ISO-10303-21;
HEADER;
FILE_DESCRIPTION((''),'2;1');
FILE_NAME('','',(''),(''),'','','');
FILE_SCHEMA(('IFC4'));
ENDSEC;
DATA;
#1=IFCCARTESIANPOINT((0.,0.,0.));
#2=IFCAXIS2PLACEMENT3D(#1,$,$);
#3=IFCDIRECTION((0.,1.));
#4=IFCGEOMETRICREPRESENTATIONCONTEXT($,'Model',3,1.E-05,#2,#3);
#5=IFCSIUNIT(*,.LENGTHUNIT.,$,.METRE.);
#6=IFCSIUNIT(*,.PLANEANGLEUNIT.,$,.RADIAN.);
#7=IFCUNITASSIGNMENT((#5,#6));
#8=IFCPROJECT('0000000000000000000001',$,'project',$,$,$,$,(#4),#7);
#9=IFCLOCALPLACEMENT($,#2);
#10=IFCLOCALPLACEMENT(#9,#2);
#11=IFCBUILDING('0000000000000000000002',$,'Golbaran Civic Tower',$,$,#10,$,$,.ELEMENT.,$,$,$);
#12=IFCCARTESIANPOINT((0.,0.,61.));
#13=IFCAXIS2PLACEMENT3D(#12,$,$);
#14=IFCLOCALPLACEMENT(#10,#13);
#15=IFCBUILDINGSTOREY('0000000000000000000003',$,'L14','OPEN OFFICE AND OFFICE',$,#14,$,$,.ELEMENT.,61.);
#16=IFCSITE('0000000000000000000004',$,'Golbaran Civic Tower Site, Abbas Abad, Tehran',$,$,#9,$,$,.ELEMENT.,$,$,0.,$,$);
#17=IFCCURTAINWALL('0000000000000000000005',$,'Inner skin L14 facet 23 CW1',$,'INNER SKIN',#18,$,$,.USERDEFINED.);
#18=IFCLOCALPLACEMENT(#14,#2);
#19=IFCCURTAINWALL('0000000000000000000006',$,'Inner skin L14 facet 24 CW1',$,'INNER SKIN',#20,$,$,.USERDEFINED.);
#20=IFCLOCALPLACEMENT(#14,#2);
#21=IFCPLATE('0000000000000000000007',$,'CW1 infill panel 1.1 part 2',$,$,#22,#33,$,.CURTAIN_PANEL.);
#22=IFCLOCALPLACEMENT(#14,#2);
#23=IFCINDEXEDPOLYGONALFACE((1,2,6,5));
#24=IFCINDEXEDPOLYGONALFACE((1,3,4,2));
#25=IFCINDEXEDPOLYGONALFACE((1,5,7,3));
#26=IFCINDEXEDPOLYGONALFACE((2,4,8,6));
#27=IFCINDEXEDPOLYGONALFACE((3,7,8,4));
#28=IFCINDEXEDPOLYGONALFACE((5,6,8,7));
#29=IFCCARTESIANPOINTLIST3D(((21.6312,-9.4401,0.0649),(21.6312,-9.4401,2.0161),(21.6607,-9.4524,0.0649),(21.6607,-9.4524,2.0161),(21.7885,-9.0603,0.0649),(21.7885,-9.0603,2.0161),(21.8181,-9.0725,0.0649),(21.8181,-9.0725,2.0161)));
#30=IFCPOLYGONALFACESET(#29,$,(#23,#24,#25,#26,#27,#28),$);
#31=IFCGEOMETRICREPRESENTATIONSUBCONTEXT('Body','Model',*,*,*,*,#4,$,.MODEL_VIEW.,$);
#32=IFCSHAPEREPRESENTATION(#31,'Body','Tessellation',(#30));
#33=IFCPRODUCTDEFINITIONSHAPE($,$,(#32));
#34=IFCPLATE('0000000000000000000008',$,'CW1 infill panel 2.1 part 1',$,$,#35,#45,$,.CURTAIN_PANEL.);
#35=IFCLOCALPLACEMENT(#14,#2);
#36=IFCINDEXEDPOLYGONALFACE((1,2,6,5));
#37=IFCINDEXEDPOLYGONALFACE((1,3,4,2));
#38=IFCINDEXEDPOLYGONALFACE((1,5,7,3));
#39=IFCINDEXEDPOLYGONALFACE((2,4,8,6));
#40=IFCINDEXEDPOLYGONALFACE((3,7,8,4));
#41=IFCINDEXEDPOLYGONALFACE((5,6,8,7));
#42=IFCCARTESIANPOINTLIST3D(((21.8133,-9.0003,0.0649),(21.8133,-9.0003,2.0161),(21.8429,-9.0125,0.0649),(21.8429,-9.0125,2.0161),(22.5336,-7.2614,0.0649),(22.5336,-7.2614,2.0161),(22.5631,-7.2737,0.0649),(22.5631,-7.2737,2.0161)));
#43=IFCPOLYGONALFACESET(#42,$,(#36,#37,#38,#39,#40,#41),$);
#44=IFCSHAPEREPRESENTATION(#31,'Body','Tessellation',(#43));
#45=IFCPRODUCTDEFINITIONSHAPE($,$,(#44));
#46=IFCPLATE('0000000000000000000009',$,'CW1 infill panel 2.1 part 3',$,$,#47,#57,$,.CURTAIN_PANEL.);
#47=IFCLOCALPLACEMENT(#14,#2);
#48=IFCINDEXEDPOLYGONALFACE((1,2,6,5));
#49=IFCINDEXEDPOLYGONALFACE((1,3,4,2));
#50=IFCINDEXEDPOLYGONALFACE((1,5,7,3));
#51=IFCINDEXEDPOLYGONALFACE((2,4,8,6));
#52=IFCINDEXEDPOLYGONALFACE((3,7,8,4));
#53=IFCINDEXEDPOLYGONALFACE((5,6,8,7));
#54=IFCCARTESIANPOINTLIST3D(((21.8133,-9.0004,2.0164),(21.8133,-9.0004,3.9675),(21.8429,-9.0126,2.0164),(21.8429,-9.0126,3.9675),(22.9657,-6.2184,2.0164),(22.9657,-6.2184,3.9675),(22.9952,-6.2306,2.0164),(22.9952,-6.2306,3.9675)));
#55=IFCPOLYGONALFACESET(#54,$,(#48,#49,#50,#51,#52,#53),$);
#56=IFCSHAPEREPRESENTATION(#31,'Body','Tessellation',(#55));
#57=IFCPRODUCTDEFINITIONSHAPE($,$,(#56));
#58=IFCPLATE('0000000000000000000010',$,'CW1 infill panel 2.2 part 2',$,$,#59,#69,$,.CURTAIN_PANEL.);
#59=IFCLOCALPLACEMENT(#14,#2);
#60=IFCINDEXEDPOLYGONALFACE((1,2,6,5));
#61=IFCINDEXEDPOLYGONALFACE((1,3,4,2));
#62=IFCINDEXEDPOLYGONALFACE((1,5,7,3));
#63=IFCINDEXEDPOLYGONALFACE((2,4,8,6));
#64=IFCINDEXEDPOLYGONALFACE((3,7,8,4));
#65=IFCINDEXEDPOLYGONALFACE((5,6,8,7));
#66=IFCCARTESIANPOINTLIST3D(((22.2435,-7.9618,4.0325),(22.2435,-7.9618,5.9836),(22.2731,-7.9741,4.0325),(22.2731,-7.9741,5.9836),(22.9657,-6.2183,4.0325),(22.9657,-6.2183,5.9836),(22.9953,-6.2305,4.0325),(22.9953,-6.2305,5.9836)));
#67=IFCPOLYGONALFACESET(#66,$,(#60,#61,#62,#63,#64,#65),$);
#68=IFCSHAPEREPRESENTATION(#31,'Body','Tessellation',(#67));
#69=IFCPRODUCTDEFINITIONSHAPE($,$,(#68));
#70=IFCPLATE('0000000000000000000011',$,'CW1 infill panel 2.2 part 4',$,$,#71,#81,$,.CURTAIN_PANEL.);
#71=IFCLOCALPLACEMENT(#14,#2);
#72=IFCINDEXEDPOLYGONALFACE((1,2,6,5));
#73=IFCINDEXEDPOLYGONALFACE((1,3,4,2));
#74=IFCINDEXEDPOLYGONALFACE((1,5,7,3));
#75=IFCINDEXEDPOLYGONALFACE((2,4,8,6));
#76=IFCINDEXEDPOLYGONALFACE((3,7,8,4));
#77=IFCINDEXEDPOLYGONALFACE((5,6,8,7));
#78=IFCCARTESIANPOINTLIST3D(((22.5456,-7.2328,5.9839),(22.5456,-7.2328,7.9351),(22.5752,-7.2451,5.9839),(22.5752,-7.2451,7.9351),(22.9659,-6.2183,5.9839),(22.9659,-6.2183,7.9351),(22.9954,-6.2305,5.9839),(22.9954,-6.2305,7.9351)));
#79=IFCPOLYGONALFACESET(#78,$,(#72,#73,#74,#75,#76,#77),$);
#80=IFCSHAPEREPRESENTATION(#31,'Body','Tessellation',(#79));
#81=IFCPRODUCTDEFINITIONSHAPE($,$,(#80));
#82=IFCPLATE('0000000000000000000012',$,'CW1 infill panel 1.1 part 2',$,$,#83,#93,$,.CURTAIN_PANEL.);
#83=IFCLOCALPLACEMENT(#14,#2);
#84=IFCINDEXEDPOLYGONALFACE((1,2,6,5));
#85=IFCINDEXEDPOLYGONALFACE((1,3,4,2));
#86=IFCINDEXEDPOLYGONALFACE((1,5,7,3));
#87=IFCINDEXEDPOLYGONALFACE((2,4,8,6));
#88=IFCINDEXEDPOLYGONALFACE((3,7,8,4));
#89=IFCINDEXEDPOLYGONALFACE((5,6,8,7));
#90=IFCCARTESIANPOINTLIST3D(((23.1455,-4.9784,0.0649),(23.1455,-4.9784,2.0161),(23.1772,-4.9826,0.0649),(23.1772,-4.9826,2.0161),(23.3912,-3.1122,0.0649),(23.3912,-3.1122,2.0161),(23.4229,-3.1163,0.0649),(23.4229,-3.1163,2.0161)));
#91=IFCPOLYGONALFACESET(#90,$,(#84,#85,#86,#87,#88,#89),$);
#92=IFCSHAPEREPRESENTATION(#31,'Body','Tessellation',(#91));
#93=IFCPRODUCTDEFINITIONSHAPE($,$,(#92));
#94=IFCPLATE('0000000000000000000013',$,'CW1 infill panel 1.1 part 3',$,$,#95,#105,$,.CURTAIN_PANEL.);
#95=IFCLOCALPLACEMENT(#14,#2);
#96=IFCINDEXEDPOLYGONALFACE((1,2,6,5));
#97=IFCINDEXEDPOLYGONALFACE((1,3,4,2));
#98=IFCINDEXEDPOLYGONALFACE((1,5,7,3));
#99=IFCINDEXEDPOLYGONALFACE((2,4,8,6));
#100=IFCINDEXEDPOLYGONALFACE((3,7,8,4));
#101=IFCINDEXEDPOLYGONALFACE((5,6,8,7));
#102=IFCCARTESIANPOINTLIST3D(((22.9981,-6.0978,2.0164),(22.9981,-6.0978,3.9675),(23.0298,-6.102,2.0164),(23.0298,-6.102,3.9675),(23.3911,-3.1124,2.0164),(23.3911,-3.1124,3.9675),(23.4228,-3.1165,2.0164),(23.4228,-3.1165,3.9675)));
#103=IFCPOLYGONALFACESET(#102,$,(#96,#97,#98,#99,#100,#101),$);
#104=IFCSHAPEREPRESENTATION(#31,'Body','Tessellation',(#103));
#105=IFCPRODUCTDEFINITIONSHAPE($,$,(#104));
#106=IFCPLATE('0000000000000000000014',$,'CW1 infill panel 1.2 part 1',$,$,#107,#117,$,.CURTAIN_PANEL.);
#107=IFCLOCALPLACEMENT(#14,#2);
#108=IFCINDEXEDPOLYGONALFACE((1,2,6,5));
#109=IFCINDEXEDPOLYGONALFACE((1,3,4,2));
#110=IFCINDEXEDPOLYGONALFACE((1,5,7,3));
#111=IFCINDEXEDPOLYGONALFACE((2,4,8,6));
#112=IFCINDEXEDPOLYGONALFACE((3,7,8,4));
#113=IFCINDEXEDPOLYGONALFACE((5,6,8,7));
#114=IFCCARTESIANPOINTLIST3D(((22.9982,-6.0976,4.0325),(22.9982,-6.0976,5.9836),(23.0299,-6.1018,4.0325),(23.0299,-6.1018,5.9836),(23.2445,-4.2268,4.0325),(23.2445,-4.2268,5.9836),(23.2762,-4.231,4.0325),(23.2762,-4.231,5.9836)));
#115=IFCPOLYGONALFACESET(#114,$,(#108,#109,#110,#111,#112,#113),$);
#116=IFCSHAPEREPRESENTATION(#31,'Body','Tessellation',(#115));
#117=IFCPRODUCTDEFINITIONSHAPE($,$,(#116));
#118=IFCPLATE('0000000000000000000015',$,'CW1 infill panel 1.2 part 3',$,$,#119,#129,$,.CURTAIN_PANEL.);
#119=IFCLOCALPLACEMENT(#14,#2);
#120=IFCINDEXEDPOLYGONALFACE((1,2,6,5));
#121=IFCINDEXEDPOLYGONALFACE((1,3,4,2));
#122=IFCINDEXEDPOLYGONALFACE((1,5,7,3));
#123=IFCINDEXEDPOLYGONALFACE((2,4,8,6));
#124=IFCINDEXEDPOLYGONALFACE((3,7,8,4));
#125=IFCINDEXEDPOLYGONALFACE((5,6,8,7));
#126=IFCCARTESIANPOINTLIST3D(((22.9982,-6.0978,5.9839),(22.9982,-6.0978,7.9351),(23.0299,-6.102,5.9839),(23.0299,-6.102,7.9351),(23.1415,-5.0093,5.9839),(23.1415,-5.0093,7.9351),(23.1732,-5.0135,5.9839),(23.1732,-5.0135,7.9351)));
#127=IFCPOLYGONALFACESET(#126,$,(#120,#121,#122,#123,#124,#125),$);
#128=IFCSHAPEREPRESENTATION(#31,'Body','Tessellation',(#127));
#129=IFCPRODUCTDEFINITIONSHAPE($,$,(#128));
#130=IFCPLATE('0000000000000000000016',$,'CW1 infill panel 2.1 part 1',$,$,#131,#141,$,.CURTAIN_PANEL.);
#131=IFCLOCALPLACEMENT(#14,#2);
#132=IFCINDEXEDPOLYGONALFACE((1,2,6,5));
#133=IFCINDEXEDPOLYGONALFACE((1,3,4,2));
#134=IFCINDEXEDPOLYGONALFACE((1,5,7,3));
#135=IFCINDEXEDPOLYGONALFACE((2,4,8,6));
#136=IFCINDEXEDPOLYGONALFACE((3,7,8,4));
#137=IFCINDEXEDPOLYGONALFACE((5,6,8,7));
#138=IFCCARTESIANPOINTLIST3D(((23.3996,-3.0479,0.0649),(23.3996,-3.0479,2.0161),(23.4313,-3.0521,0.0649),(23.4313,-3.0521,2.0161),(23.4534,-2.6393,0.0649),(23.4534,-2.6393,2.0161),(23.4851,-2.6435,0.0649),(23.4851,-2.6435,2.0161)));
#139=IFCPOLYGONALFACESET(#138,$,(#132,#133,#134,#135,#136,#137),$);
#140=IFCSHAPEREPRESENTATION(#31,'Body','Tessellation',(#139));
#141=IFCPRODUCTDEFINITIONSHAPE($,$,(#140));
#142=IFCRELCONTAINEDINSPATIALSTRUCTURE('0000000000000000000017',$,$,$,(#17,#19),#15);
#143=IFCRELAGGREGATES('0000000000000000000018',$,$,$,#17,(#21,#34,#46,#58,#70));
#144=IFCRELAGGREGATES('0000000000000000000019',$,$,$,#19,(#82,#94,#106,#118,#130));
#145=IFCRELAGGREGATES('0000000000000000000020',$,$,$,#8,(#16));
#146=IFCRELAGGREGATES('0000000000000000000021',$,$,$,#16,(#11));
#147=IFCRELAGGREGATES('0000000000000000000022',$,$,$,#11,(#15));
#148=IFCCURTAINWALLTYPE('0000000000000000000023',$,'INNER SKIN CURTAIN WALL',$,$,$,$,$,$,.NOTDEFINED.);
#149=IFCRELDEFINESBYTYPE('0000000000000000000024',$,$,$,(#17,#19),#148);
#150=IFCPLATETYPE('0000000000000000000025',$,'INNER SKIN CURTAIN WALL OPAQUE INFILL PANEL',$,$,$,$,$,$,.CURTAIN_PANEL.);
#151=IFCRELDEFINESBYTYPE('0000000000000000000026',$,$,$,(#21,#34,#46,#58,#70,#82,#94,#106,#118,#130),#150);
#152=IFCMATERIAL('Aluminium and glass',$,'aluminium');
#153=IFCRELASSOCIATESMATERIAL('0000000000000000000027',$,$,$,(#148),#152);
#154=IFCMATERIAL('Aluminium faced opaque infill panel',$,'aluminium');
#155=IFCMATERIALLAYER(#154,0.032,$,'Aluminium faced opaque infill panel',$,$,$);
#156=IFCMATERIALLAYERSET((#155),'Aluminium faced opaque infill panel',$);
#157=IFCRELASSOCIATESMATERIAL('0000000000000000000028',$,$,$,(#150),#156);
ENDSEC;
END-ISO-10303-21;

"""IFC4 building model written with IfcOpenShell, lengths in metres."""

from ifc_helpers import new_model, si_unit, direction, frame, origin, origin_2d, place, context, subcontext, project, spatial, rectangle, extrude, material, layer, layer_set, type_object, element, aggregate, save


model = new_model("IFC4")

# Units and contexts
model_context = context("Model", 3, precision=1e-05, world=origin(), true_north=direction((0.0, 1.0)))
body_context = subcontext(model_context, "Body", "Model", "MODEL_VIEW")
ifc_project = project(units=[si_unit("LENGTHUNIT", "METRE"), si_unit("PLANEANGLEUNIT", "RADIAN")], contexts=[model_context])

# Site, building, storey
site_placement = place(None, origin())
site = spatial("IfcSite", under=ifc_project, at=site_placement, Name="Golbaran Civic Tower Site, Abbas Abad, Tehran", CompositionType="ELEMENT", RefElevation=0.0)
building_placement = place(site_placement, origin())
building = spatial("IfcBuilding", under=site, at=building_placement, Name="Golbaran Civic Tower", CompositionType="ELEMENT")
storey_placement = place(building_placement, frame((0.0, 0.0, 61.0)))
storey = spatial("IfcBuildingStorey", under=building, at=storey_placement, Name="L14", Description="OPEN OFFICE AND OFFICE", CompositionType="ELEMENT", Elevation=61.0)

# Curtain walls
ifc_material_1 = material(Name="Aluminium and glass", Category="aluminium")
curtain_wall_type = type_object("IfcCurtainWallType", Name="INNER SKIN CURTAIN WALL", PredefinedType="NOTDEFINED", material=ifc_material_1)
curtain_wall_1_placement = place(storey_placement, origin())
curtain_wall_1 = element("IfcCurtainWall", 1, at=curtain_wall_1_placement, inside=storey, type_object=curtain_wall_type, Name="Inner skin L14 facet 23 CW1", ObjectType="INNER SKIN", PredefinedType="USERDEFINED")
curtain_wall_2_placement = place(storey_placement, origin())
curtain_wall_2 = element("IfcCurtainWall", 2, at=curtain_wall_2_placement, inside=storey, type_object=curtain_wall_type, Name="Inner skin L14 facet 24 CW1", ObjectType="INNER SKIN", PredefinedType="USERDEFINED")

# Plates
ifc_material_2 = material(Name="Aluminium faced opaque infill panel", Category="aluminium")
ifc_layer_1 = layer(ifc_material_2, 0.032, Name="Aluminium faced opaque infill panel")
ifc_layer_set_1 = layer_set([ifc_layer_1], Name="Aluminium faced opaque infill panel")
plate_type_1 = type_object("IfcPlateType", Name="INNER SKIN CURTAIN WALL OPAQUE INFILL PANEL", PredefinedType="CURTAIN_PANEL", material=ifc_layer_set_1)
plate_1_placement = place(storey_placement, frame((21.7246, -9.2563, 0.0649), z_axis=(0.0, 0.0, 1.0), x_axis=(0.382683, 0.92388, 0.0)))
plate_1 = element("IfcPlate", 3, at=plate_1_placement, type_object=plate_type_1, Name="CW1 infill panel 1.1 part 2", PredefinedType="CURTAIN_PANEL", context=body_context, shape_type="SweptSolid", body=[
    extrude(rectangle(XDim=0.4111, YDim=0.032, at=origin_2d()), origin(), (0.0, 0.0, 1.0), 1.9512),
])
plate_2_placement = place(storey_placement, frame((22.1882, -8.137, 0.0649), z_axis=(0.0, 0.0, 1.0), x_axis=(0.382683, 0.92388, 0.0)))
plate_2 = element("IfcPlate", 4, at=plate_2_placement, type_object=plate_type_1, Name="CW1 infill panel 2.1 part 1", PredefinedType="CURTAIN_PANEL", context=body_context, shape_type="SweptSolid", body=[
    extrude(rectangle(XDim=1.8821, YDim=0.032, at=origin_2d()), origin(), (0.0, 0.0, 1.0), 1.9512),
])
plate_3_placement = place(storey_placement, frame((22.4043, -7.6155, 2.0164), z_axis=(0.0, 0.0, 1.0), x_axis=(0.382683, 0.92388, 0.0)))
plate_3 = element("IfcPlate", 5, at=plate_3_placement, type_object=plate_type_1, Name="CW1 infill panel 2.1 part 3", PredefinedType="CURTAIN_PANEL", context=body_context, shape_type="SweptSolid", body=[
    extrude(rectangle(XDim=3.0112, YDim=0.032, at=origin_2d()), origin(), (0.0, 0.0, 1.0), 1.9512),
])
plate_4_placement = place(storey_placement, frame((22.6194, -7.0962, 4.0325), z_axis=(0.0, 0.0, 1.0), x_axis=(0.382683, 0.92388, 0.0)))
plate_4 = element("IfcPlate", 6, at=plate_4_placement, type_object=plate_type_1, Name="CW1 infill panel 2.2 part 2", PredefinedType="CURTAIN_PANEL", context=body_context, shape_type="SweptSolid", body=[
    extrude(rectangle(XDim=1.8872, YDim=0.032, at=origin_2d()), origin(), (0.0, 0.0, 1.0), 1.9512),
])
plate_5_placement = place(storey_placement, frame((22.7705, -6.7317, 5.9839), z_axis=(0.0, 0.0, 1.0), x_axis=(0.382683, 0.92388, 0.0)))
plate_5 = element("IfcPlate", 7, at=plate_5_placement, type_object=plate_type_1, Name="CW1 infill panel 2.2 part 4", PredefinedType="CURTAIN_PANEL", context=body_context, shape_type="SweptSolid", body=[
    extrude(rectangle(XDim=1.0981, YDim=0.032, at=origin_2d()), origin(), (0.0, 0.0, 1.0), 1.9512),
])
aggregate(curtain_wall_1, [plate_1, plate_2, plate_3, plate_4, plate_5])
plate_6_placement = place(storey_placement, frame((23.2842, -4.0474, 0.0649), z_axis=(0.0, 0.0, 1.0), x_axis=(0.130526, 0.991445, 0.0)))
plate_6 = element("IfcPlate", 8, at=plate_6_placement, type_object=plate_type_1, Name="CW1 infill panel 1.1 part 2", PredefinedType="CURTAIN_PANEL", context=body_context, shape_type="SweptSolid", body=[
    extrude(rectangle(XDim=1.8823, YDim=0.032, at=origin_2d()), origin(), (0.0, 0.0, 1.0), 1.9512),
])
plate_7_placement = place(storey_placement, frame((23.2104, -4.6072, 2.0164), z_axis=(0.0, 0.0, 1.0), x_axis=(0.130526, 0.991445, 0.0)))
plate_7 = element("IfcPlate", 9, at=plate_7_placement, type_object=plate_type_1, Name="CW1 infill panel 1.1 part 3", PredefinedType="CURTAIN_PANEL", context=body_context, shape_type="SweptSolid", body=[
    extrude(rectangle(XDim=3.0112, YDim=0.032, at=origin_2d()), origin(), (0.0, 0.0, 1.0), 1.9512),
])
plate_8_placement = place(storey_placement, frame((23.1372, -5.1643, 4.0325), z_axis=(0.0, 0.0, 1.0), x_axis=(0.130526, 0.991445, 0.0)))
plate_8 = element("IfcPlate", 10, at=plate_8_placement, type_object=plate_type_1, Name="CW1 infill panel 1.2 part 1", PredefinedType="CURTAIN_PANEL", context=body_context, shape_type="SweptSolid", body=[
    extrude(rectangle(XDim=1.887, YDim=0.032, at=origin_2d()), origin(), (0.0, 0.0, 1.0), 1.9512),
])
plate_9_placement = place(storey_placement, frame((23.0857, -5.5557, 5.9839), z_axis=(0.0, 0.0, 1.0), x_axis=(0.130526, 0.991445, 0.0)))
plate_9 = element("IfcPlate", 11, at=plate_9_placement, type_object=plate_type_1, Name="CW1 infill panel 1.2 part 3", PredefinedType="CURTAIN_PANEL", context=body_context, shape_type="SweptSolid", body=[
    extrude(rectangle(XDim=1.0979, YDim=0.032, at=origin_2d()), origin(), (0.0, 0.0, 1.0), 1.9512),
])
plate_10_placement = place(storey_placement, frame((23.4424, -2.8457, 0.0649), z_axis=(0.0, 0.0, 1.0), x_axis=(0.130526, 0.991445, 0.0)))
plate_10 = element("IfcPlate", 12, at=plate_10_placement, type_object=plate_type_1, Name="CW1 infill panel 2.1 part 1", PredefinedType="CURTAIN_PANEL", context=body_context, shape_type="SweptSolid", body=[
    extrude(rectangle(XDim=0.4121, YDim=0.032, at=origin_2d()), origin(), (0.0, 0.0, 1.0), 1.9512),
])
aggregate(curtain_wall_2, [plate_6, plate_7, plate_8, plate_9, plate_10])

save(model, "model.ifc")
